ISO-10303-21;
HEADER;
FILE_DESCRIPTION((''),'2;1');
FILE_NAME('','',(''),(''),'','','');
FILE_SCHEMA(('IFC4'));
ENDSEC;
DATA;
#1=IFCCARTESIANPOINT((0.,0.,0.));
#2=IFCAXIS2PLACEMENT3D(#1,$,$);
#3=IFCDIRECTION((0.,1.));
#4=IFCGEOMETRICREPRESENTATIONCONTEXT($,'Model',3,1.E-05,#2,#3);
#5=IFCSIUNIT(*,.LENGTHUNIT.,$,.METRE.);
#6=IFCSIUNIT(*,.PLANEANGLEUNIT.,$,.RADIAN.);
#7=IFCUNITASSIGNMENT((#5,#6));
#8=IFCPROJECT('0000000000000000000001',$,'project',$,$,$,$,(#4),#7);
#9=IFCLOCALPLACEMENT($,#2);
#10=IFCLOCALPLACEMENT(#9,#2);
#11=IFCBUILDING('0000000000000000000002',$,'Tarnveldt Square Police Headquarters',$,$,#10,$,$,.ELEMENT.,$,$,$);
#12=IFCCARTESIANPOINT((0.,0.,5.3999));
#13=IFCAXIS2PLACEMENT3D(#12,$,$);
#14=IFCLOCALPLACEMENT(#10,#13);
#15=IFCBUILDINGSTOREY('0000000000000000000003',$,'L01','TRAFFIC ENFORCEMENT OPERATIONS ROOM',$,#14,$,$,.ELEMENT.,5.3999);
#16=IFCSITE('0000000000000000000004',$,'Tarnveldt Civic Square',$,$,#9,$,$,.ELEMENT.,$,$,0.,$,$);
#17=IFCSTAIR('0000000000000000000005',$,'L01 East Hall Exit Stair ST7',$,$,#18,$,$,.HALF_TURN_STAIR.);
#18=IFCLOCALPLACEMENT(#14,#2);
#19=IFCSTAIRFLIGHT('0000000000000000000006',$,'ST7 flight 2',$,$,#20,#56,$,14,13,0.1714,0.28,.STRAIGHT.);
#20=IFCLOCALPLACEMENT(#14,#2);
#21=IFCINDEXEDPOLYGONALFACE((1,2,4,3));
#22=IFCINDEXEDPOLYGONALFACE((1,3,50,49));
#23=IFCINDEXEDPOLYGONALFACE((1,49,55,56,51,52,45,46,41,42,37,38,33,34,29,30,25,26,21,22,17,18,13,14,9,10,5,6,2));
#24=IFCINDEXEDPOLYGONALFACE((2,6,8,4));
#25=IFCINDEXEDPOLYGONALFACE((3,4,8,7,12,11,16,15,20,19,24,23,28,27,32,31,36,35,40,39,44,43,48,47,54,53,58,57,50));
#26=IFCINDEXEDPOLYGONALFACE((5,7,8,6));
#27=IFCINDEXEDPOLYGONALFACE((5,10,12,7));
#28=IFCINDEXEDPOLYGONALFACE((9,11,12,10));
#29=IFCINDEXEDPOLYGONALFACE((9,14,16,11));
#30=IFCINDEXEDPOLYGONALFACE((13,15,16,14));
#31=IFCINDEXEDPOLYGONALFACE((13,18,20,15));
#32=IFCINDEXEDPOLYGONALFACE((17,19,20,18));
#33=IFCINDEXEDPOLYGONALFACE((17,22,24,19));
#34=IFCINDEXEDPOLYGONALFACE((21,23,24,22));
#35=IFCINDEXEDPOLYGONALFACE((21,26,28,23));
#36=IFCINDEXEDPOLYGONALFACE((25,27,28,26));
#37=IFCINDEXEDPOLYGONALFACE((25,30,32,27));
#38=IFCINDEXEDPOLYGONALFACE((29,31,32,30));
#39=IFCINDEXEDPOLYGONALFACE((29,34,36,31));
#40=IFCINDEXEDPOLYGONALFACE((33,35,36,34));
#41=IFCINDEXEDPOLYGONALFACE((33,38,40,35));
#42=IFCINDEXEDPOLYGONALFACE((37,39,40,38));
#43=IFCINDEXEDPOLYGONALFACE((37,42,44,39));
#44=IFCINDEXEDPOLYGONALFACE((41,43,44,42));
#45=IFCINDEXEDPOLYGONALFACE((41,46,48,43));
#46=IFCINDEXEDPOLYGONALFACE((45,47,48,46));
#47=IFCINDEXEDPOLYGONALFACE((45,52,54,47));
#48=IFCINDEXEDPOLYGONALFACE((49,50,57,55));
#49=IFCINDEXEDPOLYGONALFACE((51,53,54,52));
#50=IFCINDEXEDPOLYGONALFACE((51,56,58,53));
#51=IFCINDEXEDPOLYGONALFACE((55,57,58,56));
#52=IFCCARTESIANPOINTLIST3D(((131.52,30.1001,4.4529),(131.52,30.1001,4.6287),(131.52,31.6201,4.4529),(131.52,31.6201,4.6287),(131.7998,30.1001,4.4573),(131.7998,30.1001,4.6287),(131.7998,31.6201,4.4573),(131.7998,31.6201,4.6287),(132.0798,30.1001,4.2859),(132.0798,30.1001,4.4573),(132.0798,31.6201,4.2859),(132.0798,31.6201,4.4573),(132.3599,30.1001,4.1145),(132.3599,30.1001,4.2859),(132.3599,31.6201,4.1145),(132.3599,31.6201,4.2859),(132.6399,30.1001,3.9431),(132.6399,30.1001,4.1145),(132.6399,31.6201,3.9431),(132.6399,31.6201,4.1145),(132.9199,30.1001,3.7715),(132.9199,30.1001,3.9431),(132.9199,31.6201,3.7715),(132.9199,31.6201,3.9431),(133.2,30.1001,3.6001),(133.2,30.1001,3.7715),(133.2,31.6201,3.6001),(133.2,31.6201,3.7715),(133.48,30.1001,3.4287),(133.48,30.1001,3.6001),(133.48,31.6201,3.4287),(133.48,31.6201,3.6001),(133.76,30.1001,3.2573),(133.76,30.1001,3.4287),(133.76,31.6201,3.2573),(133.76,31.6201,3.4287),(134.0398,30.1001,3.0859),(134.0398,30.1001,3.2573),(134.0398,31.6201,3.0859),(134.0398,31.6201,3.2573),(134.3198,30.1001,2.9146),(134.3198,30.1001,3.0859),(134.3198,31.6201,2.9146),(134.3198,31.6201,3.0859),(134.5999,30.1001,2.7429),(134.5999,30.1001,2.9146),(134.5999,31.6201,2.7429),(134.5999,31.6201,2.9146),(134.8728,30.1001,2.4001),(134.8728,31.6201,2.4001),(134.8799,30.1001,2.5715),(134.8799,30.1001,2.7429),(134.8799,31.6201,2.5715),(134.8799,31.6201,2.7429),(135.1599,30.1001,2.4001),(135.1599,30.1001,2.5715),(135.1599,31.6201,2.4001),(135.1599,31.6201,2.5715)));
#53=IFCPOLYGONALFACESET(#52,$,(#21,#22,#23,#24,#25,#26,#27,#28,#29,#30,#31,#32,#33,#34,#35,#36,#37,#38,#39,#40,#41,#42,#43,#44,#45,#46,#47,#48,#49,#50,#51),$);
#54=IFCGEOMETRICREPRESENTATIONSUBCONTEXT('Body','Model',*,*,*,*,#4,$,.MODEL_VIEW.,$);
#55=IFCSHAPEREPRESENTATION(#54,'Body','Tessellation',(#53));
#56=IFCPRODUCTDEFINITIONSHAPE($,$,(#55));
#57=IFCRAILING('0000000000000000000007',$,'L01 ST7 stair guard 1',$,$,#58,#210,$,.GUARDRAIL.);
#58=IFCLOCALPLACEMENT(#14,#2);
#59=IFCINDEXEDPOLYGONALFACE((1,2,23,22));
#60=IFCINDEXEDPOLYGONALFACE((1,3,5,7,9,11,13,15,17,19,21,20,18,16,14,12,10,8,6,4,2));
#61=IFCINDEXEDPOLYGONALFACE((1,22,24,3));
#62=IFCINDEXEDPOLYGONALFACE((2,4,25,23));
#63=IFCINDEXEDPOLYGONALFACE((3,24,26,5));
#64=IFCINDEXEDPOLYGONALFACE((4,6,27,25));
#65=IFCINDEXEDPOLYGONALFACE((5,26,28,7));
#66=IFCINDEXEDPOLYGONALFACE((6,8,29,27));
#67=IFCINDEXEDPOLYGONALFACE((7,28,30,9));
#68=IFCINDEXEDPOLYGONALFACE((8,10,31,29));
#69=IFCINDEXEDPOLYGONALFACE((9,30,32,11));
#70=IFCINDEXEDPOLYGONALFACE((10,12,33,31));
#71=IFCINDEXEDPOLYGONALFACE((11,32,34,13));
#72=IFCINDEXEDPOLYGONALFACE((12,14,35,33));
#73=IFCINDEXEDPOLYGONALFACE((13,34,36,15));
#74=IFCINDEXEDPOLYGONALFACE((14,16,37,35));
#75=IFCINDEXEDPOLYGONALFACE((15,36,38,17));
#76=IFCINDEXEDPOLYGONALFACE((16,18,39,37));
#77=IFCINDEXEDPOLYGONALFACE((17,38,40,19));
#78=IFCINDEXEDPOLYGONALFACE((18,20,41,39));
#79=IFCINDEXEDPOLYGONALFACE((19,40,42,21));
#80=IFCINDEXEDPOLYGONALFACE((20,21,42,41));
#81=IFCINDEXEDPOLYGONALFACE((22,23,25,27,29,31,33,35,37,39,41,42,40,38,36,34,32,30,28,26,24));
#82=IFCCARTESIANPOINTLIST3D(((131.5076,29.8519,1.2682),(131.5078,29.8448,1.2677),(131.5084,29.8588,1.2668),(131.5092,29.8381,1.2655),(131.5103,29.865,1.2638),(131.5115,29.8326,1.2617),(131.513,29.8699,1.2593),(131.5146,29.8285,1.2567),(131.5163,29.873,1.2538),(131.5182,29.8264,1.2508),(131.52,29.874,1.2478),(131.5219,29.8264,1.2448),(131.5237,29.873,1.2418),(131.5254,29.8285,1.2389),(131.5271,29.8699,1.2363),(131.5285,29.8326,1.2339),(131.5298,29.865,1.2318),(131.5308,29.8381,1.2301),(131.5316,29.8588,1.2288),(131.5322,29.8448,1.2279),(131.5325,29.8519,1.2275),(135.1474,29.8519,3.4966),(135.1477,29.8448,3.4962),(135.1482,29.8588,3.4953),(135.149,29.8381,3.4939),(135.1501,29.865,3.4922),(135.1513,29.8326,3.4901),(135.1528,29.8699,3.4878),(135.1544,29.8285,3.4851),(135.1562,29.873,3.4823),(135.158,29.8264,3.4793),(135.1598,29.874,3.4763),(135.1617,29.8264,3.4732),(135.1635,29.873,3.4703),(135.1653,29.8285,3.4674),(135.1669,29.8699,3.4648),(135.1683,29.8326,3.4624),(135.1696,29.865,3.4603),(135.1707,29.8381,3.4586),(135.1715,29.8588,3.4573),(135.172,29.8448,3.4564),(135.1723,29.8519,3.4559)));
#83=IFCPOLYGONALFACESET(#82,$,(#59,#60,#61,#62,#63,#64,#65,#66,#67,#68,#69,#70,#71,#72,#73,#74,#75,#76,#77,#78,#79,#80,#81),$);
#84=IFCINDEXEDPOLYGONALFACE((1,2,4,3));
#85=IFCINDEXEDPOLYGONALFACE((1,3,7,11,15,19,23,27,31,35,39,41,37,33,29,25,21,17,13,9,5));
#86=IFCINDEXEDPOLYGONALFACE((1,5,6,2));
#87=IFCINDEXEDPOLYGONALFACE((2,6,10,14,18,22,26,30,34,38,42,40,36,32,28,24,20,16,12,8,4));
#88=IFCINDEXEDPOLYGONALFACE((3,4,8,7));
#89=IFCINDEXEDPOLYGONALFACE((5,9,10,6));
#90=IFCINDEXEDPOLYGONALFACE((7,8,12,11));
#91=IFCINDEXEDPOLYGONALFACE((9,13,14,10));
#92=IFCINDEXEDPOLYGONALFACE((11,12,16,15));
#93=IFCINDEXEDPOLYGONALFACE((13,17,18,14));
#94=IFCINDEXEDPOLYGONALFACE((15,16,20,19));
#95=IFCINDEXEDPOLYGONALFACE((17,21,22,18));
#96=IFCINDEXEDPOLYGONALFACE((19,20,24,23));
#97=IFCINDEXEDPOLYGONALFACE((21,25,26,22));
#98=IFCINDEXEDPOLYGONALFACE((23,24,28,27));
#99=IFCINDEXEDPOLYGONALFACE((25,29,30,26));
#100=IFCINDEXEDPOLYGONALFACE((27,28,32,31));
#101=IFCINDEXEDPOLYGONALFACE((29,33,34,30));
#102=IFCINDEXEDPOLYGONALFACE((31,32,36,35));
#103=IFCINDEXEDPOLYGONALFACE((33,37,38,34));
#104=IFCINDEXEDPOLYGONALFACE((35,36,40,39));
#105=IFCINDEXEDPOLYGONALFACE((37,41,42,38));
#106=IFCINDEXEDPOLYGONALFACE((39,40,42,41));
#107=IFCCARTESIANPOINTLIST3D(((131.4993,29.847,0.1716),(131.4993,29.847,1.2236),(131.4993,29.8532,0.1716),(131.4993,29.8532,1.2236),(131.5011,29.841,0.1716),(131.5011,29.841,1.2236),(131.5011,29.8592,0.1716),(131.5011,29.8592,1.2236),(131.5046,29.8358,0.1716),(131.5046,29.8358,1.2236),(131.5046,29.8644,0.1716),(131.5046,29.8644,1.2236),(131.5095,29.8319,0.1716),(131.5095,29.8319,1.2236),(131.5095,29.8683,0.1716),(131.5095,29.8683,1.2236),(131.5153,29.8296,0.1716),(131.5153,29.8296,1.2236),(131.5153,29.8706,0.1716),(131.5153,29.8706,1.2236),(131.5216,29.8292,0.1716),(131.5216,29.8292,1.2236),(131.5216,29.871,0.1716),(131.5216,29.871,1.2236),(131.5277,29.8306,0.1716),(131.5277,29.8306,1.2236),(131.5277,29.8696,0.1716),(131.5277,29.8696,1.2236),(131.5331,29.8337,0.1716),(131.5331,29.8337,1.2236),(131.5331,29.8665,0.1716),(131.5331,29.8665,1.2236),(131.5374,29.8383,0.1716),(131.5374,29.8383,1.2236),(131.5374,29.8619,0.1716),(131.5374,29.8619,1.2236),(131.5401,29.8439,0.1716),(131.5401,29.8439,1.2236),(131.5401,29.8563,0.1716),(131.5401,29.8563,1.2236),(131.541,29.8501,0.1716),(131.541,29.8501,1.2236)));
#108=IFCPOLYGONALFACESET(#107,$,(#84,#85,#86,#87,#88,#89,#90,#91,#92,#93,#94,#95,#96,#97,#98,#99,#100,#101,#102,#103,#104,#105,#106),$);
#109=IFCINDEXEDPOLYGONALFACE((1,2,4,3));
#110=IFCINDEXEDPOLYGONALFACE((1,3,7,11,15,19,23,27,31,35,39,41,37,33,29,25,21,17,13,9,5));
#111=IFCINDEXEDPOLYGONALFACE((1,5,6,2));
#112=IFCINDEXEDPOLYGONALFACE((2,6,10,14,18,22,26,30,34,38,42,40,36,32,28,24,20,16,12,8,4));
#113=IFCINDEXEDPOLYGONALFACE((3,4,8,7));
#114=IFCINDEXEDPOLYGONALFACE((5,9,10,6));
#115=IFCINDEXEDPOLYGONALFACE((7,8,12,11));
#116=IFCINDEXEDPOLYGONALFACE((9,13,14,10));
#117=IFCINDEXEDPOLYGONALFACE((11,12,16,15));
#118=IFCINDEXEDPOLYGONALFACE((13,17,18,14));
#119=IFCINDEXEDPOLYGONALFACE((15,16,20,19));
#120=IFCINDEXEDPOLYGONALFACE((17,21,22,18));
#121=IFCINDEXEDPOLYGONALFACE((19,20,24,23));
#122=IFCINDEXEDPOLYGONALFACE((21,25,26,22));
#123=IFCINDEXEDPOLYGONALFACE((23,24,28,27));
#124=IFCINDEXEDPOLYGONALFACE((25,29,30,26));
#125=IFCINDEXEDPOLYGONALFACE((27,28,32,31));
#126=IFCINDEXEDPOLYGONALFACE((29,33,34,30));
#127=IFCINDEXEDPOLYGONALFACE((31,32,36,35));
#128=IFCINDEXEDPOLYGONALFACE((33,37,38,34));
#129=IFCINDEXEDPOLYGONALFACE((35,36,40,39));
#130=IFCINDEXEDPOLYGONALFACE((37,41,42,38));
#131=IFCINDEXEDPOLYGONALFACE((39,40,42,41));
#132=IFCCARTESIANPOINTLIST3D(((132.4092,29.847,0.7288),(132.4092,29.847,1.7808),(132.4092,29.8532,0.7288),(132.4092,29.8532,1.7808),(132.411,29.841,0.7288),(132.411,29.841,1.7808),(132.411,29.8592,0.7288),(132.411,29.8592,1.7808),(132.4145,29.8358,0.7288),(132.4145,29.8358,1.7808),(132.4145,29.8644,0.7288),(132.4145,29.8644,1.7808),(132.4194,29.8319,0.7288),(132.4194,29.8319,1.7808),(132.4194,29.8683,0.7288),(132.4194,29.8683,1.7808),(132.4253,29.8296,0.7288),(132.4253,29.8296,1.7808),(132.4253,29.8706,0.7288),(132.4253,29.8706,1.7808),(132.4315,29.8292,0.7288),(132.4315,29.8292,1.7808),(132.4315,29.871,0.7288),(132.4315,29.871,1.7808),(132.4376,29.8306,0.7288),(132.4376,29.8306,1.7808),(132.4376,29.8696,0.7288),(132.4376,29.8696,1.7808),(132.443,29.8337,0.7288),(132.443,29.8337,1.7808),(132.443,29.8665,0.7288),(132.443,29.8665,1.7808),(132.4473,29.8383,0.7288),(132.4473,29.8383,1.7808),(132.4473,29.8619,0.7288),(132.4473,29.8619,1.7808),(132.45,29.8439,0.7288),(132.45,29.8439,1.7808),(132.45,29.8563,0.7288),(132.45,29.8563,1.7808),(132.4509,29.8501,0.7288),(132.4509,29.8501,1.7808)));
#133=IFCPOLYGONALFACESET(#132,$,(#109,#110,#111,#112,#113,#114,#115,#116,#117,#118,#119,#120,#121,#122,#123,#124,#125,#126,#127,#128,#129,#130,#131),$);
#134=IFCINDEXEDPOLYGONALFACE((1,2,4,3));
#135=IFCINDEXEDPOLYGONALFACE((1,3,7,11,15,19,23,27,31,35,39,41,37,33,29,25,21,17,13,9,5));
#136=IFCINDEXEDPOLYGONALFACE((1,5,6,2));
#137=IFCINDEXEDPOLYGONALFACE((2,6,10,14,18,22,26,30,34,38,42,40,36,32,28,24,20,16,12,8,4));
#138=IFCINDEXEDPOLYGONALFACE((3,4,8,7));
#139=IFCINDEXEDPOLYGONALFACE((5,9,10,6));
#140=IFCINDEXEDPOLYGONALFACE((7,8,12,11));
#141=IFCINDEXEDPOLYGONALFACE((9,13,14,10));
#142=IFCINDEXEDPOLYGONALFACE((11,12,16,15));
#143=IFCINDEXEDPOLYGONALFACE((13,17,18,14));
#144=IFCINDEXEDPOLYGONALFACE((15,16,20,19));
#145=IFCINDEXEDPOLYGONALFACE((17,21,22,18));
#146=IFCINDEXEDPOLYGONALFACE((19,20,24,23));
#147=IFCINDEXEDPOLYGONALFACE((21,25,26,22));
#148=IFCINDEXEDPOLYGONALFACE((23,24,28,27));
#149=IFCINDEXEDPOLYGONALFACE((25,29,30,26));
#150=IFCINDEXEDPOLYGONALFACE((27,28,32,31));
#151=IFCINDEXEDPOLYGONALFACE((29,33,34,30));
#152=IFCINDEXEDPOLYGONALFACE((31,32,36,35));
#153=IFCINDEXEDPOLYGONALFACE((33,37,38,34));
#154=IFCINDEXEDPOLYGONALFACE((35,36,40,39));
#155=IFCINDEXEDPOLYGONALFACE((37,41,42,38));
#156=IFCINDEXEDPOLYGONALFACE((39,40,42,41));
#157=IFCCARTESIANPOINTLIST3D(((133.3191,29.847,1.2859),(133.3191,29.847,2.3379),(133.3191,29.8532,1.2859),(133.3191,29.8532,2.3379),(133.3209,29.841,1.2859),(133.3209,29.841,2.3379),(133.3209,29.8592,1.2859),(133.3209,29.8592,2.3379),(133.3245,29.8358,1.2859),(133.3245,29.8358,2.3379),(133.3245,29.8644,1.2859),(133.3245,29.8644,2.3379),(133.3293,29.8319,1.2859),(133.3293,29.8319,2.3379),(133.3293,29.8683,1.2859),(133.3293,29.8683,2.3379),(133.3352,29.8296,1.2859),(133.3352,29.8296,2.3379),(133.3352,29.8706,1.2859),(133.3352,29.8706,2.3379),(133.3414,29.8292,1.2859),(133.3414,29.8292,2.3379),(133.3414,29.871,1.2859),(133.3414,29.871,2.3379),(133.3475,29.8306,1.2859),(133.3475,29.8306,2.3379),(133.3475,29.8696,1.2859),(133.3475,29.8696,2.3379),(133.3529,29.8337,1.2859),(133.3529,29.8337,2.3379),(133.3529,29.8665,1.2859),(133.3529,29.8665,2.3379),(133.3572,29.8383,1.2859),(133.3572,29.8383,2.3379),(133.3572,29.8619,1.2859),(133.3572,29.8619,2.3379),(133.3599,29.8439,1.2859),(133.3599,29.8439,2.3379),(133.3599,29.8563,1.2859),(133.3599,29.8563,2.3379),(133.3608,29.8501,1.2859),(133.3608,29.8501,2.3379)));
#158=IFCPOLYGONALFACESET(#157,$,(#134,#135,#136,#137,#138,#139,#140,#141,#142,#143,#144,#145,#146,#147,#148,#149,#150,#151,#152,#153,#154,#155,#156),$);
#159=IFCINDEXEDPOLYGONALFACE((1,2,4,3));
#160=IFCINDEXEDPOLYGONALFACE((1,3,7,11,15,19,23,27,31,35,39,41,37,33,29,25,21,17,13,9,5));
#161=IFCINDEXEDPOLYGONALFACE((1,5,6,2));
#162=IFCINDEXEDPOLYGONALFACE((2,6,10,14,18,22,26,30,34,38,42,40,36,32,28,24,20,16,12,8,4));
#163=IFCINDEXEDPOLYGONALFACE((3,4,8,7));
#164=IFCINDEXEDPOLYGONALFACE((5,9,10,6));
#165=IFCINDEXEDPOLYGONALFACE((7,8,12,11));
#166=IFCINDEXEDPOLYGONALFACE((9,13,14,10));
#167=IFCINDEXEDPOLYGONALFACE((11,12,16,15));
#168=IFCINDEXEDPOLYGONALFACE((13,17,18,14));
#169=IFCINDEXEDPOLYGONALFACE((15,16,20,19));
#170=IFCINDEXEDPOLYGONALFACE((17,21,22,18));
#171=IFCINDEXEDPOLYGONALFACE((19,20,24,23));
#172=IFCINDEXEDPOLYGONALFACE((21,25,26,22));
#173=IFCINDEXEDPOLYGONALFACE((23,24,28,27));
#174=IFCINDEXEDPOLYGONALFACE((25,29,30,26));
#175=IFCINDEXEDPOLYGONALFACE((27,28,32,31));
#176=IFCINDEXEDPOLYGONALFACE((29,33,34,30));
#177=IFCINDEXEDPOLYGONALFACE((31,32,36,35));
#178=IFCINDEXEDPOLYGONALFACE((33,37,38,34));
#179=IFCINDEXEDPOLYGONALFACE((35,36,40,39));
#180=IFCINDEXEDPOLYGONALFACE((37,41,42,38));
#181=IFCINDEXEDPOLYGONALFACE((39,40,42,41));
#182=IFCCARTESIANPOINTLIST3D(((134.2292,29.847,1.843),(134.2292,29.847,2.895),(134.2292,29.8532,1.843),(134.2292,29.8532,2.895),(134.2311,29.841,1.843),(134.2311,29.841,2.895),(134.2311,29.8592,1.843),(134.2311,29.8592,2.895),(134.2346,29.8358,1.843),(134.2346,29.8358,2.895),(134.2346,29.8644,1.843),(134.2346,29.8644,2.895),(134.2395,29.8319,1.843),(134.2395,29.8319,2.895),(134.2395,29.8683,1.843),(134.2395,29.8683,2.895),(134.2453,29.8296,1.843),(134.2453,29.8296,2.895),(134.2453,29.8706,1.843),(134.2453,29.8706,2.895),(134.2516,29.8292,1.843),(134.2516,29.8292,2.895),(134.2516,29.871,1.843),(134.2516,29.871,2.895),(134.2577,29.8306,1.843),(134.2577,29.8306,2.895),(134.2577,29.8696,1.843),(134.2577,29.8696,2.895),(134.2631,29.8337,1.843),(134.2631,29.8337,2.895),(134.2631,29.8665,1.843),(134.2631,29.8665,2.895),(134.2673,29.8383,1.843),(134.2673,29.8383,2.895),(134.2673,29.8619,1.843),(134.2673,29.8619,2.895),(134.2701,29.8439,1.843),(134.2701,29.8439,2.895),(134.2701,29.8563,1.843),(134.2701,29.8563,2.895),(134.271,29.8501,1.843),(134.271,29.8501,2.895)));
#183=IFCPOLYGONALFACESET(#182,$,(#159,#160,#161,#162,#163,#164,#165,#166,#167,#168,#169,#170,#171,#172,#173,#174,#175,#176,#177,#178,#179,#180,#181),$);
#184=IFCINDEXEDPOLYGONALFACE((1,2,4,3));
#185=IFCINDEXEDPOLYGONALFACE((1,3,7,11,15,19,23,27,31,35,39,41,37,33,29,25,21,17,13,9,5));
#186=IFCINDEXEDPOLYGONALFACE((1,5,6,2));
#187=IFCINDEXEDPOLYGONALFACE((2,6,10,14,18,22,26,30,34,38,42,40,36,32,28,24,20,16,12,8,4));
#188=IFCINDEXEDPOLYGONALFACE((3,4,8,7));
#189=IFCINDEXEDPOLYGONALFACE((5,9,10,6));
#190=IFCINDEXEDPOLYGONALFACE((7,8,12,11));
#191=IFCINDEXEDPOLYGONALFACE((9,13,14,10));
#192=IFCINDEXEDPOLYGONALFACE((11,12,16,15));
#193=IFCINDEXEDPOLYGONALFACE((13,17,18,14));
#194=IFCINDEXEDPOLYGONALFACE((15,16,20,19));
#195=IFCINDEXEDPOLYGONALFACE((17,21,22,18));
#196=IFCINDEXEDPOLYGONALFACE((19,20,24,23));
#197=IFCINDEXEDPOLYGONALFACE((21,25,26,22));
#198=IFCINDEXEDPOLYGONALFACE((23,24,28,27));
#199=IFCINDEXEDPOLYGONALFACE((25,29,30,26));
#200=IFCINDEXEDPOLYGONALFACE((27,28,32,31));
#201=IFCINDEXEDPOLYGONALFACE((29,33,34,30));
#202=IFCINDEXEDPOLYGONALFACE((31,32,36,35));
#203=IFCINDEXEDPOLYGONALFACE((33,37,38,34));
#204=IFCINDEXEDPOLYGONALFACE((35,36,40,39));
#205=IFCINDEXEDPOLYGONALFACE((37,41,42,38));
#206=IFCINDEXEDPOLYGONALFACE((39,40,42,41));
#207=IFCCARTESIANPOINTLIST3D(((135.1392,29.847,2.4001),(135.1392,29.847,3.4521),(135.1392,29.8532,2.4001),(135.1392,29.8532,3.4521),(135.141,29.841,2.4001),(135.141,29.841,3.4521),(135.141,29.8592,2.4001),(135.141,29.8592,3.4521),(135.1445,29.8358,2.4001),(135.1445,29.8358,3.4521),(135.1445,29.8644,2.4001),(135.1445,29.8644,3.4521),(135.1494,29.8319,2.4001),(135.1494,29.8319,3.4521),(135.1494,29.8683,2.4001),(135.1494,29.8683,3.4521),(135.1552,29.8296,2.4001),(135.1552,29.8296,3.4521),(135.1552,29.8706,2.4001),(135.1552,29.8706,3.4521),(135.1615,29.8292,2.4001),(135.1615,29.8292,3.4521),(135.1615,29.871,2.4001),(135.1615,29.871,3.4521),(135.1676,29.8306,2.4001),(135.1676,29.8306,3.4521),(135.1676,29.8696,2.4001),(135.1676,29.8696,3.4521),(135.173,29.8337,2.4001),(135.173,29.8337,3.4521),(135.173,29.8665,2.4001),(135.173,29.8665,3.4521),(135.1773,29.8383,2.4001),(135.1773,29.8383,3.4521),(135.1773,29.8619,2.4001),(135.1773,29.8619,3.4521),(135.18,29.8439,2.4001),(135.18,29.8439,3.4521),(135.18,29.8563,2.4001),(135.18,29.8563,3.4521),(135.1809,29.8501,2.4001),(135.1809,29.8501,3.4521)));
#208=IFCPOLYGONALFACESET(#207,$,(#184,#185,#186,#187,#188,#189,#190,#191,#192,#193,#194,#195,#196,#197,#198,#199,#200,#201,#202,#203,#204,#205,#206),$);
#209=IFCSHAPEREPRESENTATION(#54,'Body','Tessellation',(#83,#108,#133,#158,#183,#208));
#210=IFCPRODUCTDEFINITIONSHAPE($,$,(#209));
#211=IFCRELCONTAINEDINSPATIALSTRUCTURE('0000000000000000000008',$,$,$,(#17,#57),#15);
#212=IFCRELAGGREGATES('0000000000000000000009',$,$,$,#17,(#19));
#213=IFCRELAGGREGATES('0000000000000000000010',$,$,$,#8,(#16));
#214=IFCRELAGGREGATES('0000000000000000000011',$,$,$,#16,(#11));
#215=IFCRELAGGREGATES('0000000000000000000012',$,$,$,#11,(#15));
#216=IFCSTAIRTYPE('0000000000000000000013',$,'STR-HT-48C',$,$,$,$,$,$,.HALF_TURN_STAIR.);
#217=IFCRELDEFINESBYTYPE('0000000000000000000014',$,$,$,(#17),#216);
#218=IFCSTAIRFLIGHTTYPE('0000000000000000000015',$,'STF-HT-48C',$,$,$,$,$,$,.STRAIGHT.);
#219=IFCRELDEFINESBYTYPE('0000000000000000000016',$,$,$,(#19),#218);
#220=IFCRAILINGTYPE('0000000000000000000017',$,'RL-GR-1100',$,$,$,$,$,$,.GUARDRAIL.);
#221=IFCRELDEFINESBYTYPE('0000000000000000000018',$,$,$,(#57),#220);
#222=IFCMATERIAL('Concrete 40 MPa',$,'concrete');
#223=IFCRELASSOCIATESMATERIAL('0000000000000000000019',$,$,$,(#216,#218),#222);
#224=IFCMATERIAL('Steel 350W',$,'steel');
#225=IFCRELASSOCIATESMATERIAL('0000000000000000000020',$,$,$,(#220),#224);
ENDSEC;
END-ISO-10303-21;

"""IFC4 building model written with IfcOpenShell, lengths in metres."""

from ifc_helpers import new_model, si_unit, direction, frame, origin, origin_2d, place, context, subcontext, project, spatial, polyline, circle, outline, extrude, material, type_object, element, aggregate, save


model = new_model("IFC4")

# Units and contexts
model_context = context("Model", 3, precision=1e-05, world=origin(), true_north=direction((0.0, 1.0)))
body_context = subcontext(model_context, "Body", "Model", "MODEL_VIEW")
ifc_project = project(units=[si_unit("LENGTHUNIT", "METRE"), si_unit("PLANEANGLEUNIT", "RADIAN")], contexts=[model_context])

# Site, building, storey
site_placement = place(None, origin())
site = spatial("IfcSite", under=ifc_project, at=site_placement, Name="Tarnveldt Civic Square", CompositionType="ELEMENT", RefElevation=0.0)
building_placement = place(site_placement, origin())
building = spatial("IfcBuilding", under=site, at=building_placement, Name="Tarnveldt Square Police Headquarters", CompositionType="ELEMENT")
storey_placement = place(building_placement, frame((0.0, 0.0, 5.3999)))
storey = spatial("IfcBuildingStorey", under=building, at=storey_placement, Name="L01", Description="TRAFFIC ENFORCEMENT OPERATIONS ROOM", CompositionType="ELEMENT", Elevation=5.3999)

# Shared definitions
ifc_material_1 = material(Name="Steel 350W", Category="steel")

# Shared definitions
ifc_material_2 = material(Name="Concrete 40 MPa", Category="concrete")

# Stair, stair flight
stair_type = type_object("IfcStairType", Name="STR-HT-48C", PredefinedType="HALF_TURN_STAIR", material=ifc_material_2)
stair_placement = place(storey_placement, origin())
stair = element("IfcStair", 1, at=stair_placement, inside=storey, type_object=stair_type, Name="L01 East Hall Exit Stair ST7", PredefinedType="HALF_TURN_STAIR")
stair_flight_type = type_object("IfcStairFlightType", Name="STF-HT-48C", PredefinedType="STRAIGHT", material=ifc_material_2)
stair_flight_1_placement = place(storey_placement, frame((135.1599, 30.8601, 2.4001), z_axis=(0.0, 0.0, 1.0), x_axis=(-1.0, 0.0, 0.0)))
stair_flight_1 = element("IfcStairFlight", 2, at=stair_flight_1_placement, type_object=stair_flight_type, Name="ST7 flight 2", NumberOfRisers=14, NumberOfTreads=13, PredefinedType="STRAIGHT", RiserHeight=0.1714, TreadLength=0.28, context=body_context, shape_type="SweptSolid", body=[
    extrude(outline(polyline([(0.0, 0.0), (0.0, 0.1714), (0.28, 0.1714), (0.28, 0.3428), (0.5601, 0.3428), (0.5601, 0.5144), (0.8401, 0.5144), (0.8401, 0.6858), (1.1201, 0.6858), (1.1201, 0.8572), (1.3999, 0.8572), (1.3999, 1.0286), (1.6799, 1.0286), (1.6799, 1.2), (1.96, 1.2), (1.96, 1.3713), (2.24, 1.3713), (2.24, 1.543), (2.52, 1.543), (2.52, 1.7144), (2.8, 1.7144), (2.8, 1.8857), (3.0801, 1.8857), (3.0801, 2.0571), (3.3601, 2.0571), (3.3601, 2.2285), (3.6399, 2.2285), (3.6399, 2.3999), (3.6399, 2.0527), (0.2871, 0.0), (0.0, 0.0)])), frame((0.0, 0.76, 0.0), z_axis=(0.0, -1.0, 0.0), x_axis=(1.0, 0.0, 0.0)), (0.0, 0.0, 1.0), 1.52),
])
aggregate(stair, [stair_flight_1])

# Railing
railing_type_1 = type_object("IfcRailingType", Name="RL-GR-1100", PredefinedType="GUARDRAIL", material=ifc_material_1)
railing_1_placement = place(storey_placement, frame((131.52, 29.8501, 0.1716)))
element("IfcRailing", 3, at=railing_1_placement, inside=storey, type_object=railing_type_1, Name="L01 ST7 stair guard 1", PredefinedType="GUARDRAIL", context=body_context, shape_type="SweptSolid", body=[
    extrude(circle(Radius=0.0239, at=origin_2d()), frame((0.0, 0.0, 1.0762), z_axis=(0.85285, 0.0, 0.522156), x_axis=(0.0, 1.0, 0.0)), (0.0, 0.0, 1.0), 4.2678),
    extrude(circle(Radius=0.021, at=origin_2d()), origin(), (0.0, 0.0, 1.0), 1.052),
    extrude(circle(Radius=0.021, at=origin_2d()), frame((0.9099, 0.0, 0.5571)), (0.0, 0.0, 1.0), 1.052),
    extrude(circle(Radius=0.021, at=origin_2d()), frame((1.8198, 0.0, 1.1143)), (0.0, 0.0, 1.0), 1.052),
    extrude(circle(Radius=0.021, at=origin_2d()), frame((2.73, 0.0, 1.6714)), (0.0, 0.0, 1.0), 1.052),
    extrude(circle(Radius=0.021, at=origin_2d()), frame((3.6399, 0.0, 2.2285)), (0.0, 0.0, 1.0), 1.052),
])

save(model, "model.ifc")
